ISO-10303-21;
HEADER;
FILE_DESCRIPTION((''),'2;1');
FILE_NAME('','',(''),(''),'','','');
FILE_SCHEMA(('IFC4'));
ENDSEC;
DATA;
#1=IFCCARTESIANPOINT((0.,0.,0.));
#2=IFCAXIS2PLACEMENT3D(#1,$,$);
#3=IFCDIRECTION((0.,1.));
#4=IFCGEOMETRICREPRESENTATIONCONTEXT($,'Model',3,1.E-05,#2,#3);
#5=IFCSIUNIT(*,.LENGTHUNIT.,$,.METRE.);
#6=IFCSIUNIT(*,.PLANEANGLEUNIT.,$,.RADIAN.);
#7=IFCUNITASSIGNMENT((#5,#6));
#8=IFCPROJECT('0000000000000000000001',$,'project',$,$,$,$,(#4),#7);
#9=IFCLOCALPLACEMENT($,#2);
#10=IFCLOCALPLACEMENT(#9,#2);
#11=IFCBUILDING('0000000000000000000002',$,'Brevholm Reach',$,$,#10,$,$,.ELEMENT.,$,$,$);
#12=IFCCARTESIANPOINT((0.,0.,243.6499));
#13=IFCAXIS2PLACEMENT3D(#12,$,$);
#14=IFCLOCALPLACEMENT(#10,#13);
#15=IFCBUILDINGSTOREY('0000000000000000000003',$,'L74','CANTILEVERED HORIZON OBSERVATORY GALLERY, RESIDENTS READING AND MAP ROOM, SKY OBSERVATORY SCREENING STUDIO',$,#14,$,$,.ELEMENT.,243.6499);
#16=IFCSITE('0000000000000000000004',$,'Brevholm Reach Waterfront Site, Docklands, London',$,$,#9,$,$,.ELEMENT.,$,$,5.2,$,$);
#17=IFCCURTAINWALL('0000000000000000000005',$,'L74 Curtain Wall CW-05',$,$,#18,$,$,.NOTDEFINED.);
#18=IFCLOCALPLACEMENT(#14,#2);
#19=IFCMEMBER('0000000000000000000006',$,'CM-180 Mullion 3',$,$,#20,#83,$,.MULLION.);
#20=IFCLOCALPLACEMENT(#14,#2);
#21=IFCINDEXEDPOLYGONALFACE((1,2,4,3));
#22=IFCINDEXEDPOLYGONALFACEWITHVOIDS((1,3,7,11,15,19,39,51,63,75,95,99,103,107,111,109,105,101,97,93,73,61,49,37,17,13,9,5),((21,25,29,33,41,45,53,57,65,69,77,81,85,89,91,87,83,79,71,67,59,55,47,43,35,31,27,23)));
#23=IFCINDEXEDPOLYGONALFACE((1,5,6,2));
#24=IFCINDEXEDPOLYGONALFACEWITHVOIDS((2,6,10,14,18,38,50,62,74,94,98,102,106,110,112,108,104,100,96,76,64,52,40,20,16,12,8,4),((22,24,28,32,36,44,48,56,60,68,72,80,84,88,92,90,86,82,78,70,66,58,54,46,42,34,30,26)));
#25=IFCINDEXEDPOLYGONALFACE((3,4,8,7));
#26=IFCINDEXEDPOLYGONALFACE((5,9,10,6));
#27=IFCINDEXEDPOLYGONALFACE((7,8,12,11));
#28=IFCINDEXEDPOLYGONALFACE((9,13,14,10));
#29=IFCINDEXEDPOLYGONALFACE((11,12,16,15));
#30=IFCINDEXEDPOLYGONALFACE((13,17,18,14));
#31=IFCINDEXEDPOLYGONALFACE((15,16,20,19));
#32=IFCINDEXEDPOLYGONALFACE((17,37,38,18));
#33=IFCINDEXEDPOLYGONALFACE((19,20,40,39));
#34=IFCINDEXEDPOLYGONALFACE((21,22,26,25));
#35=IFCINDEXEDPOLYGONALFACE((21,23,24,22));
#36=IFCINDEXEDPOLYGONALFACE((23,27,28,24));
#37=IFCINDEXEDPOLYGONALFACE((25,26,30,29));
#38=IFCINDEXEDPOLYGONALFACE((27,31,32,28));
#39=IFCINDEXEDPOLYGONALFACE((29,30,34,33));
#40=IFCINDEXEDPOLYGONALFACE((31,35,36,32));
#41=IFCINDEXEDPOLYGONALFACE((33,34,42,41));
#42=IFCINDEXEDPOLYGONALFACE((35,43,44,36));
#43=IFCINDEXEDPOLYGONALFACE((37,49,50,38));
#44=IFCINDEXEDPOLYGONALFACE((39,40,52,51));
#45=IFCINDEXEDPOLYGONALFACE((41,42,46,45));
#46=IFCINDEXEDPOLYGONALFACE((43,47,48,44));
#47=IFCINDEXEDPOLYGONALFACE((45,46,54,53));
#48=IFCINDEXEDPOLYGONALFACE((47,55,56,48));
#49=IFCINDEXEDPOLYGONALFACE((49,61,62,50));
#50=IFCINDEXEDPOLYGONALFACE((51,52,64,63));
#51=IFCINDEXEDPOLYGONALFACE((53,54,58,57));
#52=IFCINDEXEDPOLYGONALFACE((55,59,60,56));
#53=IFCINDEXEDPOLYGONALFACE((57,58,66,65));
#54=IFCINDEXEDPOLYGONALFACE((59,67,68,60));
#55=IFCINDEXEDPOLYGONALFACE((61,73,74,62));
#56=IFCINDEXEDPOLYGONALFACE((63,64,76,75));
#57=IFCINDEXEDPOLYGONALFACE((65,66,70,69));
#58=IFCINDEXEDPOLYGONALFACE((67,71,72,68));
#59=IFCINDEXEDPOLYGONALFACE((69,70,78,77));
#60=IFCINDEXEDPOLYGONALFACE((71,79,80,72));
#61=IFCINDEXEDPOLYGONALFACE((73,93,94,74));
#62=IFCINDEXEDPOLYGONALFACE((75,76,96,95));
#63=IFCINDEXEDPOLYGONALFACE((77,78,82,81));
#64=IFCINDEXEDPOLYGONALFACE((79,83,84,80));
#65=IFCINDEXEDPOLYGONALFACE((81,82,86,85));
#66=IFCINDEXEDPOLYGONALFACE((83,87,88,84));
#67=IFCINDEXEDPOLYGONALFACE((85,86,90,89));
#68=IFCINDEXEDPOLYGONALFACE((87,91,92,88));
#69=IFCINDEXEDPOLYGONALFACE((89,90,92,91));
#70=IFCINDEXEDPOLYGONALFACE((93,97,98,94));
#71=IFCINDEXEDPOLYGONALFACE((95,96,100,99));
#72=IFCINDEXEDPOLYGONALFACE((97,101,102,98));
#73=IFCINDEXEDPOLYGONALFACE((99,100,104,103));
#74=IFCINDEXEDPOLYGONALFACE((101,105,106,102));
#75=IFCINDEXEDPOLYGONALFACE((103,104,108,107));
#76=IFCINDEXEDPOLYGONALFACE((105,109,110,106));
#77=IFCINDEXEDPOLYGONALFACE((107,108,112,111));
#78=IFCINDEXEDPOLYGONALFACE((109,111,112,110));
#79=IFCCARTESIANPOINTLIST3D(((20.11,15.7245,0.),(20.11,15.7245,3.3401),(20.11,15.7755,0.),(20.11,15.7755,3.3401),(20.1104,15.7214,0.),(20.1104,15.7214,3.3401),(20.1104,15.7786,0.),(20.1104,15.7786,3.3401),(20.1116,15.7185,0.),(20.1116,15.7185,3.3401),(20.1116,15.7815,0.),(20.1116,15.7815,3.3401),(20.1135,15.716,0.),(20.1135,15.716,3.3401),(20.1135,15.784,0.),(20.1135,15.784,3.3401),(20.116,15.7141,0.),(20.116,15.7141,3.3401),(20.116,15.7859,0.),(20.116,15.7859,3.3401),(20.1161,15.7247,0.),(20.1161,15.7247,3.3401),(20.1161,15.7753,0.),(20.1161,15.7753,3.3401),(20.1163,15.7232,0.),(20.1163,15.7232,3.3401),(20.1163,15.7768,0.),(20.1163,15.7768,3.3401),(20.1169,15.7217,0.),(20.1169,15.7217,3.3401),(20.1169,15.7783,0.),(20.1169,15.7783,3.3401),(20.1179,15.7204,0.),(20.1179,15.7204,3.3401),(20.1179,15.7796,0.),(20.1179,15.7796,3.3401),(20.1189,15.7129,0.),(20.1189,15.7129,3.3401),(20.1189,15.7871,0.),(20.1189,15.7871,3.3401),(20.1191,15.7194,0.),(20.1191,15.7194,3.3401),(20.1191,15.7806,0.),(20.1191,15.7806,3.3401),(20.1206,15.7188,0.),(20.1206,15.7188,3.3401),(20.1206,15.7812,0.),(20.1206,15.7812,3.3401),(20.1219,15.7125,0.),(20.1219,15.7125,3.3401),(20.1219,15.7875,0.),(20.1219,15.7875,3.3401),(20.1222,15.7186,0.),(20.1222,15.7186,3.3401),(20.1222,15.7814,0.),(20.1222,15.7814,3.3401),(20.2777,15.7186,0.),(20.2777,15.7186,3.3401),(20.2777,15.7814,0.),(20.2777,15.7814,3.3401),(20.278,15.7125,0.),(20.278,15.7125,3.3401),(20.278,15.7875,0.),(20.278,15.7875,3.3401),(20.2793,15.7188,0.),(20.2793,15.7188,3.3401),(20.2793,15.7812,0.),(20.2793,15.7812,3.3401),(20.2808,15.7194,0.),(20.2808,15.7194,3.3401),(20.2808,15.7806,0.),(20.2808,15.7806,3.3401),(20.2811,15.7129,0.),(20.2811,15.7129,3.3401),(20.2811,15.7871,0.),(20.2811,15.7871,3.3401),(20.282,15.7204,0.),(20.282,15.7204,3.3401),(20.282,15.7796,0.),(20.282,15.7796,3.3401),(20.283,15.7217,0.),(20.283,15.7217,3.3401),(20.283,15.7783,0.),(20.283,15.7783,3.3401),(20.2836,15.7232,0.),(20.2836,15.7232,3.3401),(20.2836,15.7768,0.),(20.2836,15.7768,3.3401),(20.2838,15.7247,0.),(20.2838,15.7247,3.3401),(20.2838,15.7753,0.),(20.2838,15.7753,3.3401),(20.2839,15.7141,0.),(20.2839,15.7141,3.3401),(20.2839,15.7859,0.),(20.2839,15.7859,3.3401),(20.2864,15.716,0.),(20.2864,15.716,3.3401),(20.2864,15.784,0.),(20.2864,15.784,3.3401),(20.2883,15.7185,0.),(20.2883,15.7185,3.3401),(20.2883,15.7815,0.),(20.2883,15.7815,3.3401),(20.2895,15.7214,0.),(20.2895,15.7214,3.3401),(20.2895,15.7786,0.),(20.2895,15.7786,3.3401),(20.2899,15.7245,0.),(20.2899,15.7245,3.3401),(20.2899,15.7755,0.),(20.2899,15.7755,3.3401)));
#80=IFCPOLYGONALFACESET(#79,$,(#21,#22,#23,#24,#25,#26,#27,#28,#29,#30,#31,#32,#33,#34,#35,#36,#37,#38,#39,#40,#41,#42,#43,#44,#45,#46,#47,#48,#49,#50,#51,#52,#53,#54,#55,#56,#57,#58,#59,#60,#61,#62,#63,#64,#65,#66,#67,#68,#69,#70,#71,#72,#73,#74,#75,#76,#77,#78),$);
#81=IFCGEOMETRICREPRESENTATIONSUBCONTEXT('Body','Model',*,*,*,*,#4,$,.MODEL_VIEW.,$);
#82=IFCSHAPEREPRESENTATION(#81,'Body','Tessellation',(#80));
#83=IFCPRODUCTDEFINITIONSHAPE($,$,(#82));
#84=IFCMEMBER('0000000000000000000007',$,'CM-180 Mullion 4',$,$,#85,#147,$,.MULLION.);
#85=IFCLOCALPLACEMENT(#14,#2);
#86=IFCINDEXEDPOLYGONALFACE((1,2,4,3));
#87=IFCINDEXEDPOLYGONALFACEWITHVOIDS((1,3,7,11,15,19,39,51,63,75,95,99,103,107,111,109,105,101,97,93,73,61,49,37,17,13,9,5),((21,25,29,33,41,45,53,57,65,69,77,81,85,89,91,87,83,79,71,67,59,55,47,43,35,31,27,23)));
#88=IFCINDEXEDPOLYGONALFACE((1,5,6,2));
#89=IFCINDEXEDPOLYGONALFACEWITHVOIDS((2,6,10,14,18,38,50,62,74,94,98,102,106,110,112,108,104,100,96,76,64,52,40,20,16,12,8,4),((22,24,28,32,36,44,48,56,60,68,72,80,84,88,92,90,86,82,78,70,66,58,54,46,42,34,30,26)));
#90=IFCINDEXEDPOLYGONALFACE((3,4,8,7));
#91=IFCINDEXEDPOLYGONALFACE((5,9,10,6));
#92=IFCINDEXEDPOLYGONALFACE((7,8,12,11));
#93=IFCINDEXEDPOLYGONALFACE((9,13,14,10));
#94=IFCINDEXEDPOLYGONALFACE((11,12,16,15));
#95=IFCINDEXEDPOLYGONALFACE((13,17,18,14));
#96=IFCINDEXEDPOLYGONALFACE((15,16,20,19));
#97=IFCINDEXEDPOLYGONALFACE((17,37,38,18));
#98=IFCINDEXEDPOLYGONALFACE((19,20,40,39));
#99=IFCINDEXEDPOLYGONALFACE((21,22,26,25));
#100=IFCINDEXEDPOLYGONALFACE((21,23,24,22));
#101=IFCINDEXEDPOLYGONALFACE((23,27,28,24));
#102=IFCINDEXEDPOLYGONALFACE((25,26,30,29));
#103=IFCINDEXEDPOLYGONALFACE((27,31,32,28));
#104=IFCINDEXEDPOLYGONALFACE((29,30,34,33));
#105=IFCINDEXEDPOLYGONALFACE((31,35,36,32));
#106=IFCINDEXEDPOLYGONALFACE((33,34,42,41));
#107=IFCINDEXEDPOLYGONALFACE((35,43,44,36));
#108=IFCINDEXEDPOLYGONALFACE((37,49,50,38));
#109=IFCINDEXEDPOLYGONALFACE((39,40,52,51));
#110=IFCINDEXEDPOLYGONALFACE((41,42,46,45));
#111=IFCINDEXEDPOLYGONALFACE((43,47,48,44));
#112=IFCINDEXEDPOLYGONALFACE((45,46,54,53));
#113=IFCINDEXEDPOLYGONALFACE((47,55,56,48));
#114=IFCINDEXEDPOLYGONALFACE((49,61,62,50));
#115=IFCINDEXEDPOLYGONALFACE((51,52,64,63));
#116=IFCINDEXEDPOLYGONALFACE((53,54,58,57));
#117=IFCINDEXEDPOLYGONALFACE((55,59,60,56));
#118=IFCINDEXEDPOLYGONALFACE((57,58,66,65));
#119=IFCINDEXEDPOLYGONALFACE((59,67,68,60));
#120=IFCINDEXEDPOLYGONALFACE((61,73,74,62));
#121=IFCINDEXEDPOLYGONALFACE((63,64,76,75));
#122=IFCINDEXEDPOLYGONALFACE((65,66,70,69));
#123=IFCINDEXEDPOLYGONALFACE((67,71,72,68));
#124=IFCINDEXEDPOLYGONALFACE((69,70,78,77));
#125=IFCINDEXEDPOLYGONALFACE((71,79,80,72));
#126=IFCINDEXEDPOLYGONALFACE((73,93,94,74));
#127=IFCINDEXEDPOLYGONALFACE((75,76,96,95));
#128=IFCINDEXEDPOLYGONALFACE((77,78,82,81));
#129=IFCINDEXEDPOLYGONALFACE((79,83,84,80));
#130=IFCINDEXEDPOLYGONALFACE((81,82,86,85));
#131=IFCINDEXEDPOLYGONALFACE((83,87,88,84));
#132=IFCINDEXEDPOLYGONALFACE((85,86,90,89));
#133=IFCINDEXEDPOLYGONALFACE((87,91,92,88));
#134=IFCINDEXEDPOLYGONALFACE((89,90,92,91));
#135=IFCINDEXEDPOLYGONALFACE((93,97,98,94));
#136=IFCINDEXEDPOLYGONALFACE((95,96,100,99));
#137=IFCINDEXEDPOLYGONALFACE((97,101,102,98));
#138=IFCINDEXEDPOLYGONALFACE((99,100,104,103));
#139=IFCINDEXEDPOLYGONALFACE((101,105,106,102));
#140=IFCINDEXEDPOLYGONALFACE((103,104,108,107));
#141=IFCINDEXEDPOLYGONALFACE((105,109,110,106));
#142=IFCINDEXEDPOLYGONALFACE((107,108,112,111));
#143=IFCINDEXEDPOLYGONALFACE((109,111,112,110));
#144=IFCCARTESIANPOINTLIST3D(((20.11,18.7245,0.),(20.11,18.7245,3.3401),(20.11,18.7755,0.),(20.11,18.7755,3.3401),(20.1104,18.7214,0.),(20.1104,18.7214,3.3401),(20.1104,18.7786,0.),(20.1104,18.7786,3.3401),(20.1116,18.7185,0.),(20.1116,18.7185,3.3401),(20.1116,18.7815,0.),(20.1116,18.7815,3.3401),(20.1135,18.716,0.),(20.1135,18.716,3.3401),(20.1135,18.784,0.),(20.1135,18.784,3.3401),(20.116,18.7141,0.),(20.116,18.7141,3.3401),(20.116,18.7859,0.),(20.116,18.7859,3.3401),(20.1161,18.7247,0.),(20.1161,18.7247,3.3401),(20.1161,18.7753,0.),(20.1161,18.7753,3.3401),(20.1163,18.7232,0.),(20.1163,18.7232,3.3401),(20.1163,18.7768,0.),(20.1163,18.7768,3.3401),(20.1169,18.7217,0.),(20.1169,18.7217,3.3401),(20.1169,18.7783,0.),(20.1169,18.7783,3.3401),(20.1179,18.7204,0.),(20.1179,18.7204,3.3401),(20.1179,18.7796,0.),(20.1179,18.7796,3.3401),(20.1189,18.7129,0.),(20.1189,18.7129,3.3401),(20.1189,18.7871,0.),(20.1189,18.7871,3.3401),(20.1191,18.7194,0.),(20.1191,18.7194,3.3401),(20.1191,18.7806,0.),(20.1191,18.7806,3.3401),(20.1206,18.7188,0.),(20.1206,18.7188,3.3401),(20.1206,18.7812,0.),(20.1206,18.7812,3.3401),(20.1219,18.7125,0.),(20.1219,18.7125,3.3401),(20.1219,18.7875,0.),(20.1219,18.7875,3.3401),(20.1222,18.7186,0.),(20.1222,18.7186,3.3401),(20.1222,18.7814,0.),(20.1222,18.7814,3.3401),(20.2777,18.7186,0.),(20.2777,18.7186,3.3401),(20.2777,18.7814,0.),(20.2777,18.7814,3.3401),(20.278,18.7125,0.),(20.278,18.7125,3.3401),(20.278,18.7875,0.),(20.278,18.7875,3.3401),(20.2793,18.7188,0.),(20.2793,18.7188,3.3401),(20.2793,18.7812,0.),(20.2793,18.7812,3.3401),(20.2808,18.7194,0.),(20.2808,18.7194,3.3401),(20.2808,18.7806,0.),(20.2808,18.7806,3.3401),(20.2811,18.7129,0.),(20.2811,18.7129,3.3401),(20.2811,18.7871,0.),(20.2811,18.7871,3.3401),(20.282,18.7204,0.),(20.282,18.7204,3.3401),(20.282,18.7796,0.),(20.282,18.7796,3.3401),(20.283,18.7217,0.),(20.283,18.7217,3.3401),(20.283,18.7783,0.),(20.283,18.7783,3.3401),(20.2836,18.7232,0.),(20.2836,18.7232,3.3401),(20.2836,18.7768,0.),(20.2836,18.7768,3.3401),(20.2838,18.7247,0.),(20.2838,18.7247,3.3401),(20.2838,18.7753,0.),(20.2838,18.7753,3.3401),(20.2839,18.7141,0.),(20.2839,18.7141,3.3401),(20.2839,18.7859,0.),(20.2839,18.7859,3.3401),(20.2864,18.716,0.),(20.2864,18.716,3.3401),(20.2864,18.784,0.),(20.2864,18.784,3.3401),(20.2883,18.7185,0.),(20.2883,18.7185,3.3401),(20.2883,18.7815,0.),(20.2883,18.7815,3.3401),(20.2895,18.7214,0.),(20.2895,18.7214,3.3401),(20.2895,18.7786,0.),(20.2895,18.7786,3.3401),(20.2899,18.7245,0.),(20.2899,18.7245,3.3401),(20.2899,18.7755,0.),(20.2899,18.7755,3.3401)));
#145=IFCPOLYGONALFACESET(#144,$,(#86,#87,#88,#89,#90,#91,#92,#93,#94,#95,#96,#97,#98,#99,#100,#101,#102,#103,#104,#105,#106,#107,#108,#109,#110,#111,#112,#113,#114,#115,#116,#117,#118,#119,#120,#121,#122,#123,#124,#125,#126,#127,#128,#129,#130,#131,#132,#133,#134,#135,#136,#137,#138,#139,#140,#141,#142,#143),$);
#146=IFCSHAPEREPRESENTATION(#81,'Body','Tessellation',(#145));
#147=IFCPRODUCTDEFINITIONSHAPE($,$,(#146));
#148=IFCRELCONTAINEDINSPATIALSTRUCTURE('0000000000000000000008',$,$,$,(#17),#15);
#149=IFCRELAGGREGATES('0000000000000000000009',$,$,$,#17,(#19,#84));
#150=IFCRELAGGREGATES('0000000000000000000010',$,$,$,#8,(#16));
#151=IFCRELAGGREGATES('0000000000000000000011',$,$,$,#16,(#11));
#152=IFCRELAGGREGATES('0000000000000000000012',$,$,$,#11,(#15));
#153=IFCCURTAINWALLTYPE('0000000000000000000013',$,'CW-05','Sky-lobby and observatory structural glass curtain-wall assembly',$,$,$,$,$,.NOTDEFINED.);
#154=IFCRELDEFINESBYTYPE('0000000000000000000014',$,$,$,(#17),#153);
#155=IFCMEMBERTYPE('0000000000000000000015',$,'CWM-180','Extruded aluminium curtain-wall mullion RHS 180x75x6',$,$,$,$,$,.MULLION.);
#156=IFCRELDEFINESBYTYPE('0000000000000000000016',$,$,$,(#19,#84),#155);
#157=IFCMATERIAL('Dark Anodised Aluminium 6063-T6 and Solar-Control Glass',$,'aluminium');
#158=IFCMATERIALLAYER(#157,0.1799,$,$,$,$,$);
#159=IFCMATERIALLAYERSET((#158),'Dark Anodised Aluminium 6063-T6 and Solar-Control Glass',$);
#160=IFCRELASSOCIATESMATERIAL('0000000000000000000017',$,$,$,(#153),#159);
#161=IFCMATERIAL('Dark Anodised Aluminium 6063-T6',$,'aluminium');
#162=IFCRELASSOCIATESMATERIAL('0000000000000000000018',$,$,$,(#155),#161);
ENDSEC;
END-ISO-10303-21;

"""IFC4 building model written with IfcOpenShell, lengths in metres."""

from ifc_helpers import new_model, si_unit, direction, frame, origin, origin_2d, place, context, subcontext, project, spatial, hollow_rectangle, extrude, material, layer, layer_set, material_profile, profile_set, type_object, element, aggregate, save


model = new_model("IFC4")

# Units and contexts
model_context = context("Model", 3, precision=1e-05, world=origin(), true_north=direction((0.0, 1.0)))
body_context = subcontext(model_context, "Body", "Model", "MODEL_VIEW")
ifc_project = project(units=[si_unit("LENGTHUNIT", "METRE"), si_unit("PLANEANGLEUNIT", "RADIAN")], contexts=[model_context])

# Site, building, storey
site_placement = place(None, origin())
site = spatial("IfcSite", under=ifc_project, at=site_placement, Name="Brevholm Reach Waterfront Site, Docklands, London", CompositionType="ELEMENT", RefElevation=5.2)
building_placement = place(site_placement, origin())
building = spatial("IfcBuilding", under=site, at=building_placement, Name="Brevholm Reach", CompositionType="ELEMENT")
storey_placement = place(building_placement, frame((0.0, 0.0, 243.6499)))
storey = spatial("IfcBuildingStorey", under=building, at=storey_placement, Name="L74", Description="CANTILEVERED HORIZON OBSERVATORY GALLERY, RESIDENTS READING AND MAP ROOM, SKY OBSERVATORY SCREENING STUDIO", CompositionType="ELEMENT", Elevation=243.6499)

# Curtain wall, members
ifc_material_1 = material(Name="Dark Anodised Aluminium 6063-T6 and Solar-Control Glass", Category="aluminium")
ifc_layer_1 = layer(ifc_material_1, 0.1799)
ifc_layer_set_1 = layer_set([ifc_layer_1], Name="Dark Anodised Aluminium 6063-T6 and Solar-Control Glass")
curtain_wall_type = type_object("IfcCurtainWallType", Name="CW-05", Description="Sky-lobby and observatory structural glass curtain-wall assembly", PredefinedType="NOTDEFINED", material=ifc_layer_set_1)
curtain_wall_placement = place(storey_placement, origin())
curtain_wall = element("IfcCurtainWall", 1, at=curtain_wall_placement, inside=storey, type_object=curtain_wall_type, Name="L74 Curtain Wall CW-05", PredefinedType="NOTDEFINED")
ifc_material_2 = material(Name="Dark Anodised Aluminium 6063-T6", Category="aluminium")
ifc_material_profile_1 = material_profile(ifc_material_2, hollow_rectangle(XDim=0.075, YDim=0.1799, WallThickness=0.0061, InnerFilletRadius=0.0061, OuterFilletRadius=0.012, at=origin_2d()), Name="RHS 180x75x6")
ifc_profile_set_1 = profile_set([ifc_material_profile_1], Name="Dark Anodised Aluminium 6063-T6")
member_type_1 = type_object("IfcMemberType", Name="CWM-180", Description="Extruded aluminium curtain-wall mullion RHS 180x75x6", PredefinedType="MULLION", material=ifc_profile_set_1)
member_1_placement = place(storey_placement, frame((20.2, 15.75, 0.0), z_axis=(0.0, 0.0, 1.0), x_axis=(0.0, 1.0, 0.0)))
member_1 = element("IfcMember", 2, at=member_1_placement, type_object=member_type_1, Name="CM-180 Mullion 3", PredefinedType="MULLION", context=body_context, shape_type="SweptSolid", body=[
    extrude(hollow_rectangle(XDim=0.075, YDim=0.1799, WallThickness=0.0061, InnerFilletRadius=0.0061, OuterFilletRadius=0.012, at=origin_2d()), origin(), (0.0, 0.0, 1.0), 3.3401),
])
member_2_placement = place(storey_placement, frame((20.2, 18.75, 0.0), z_axis=(0.0, 0.0, 1.0), x_axis=(0.0, 1.0, 0.0)))
member_2 = element("IfcMember", 3, at=member_2_placement, type_object=member_type_1, Name="CM-180 Mullion 4", PredefinedType="MULLION", context=body_context, shape_type="SweptSolid", body=[
    extrude(hollow_rectangle(XDim=0.075, YDim=0.1799, WallThickness=0.0061, InnerFilletRadius=0.0061, OuterFilletRadius=0.012, at=origin_2d()), origin(), (0.0, 0.0, 1.0), 3.3401),
])

aggregate(curtain_wall, [member_1, member_2])

save(model, "model.ifc")
